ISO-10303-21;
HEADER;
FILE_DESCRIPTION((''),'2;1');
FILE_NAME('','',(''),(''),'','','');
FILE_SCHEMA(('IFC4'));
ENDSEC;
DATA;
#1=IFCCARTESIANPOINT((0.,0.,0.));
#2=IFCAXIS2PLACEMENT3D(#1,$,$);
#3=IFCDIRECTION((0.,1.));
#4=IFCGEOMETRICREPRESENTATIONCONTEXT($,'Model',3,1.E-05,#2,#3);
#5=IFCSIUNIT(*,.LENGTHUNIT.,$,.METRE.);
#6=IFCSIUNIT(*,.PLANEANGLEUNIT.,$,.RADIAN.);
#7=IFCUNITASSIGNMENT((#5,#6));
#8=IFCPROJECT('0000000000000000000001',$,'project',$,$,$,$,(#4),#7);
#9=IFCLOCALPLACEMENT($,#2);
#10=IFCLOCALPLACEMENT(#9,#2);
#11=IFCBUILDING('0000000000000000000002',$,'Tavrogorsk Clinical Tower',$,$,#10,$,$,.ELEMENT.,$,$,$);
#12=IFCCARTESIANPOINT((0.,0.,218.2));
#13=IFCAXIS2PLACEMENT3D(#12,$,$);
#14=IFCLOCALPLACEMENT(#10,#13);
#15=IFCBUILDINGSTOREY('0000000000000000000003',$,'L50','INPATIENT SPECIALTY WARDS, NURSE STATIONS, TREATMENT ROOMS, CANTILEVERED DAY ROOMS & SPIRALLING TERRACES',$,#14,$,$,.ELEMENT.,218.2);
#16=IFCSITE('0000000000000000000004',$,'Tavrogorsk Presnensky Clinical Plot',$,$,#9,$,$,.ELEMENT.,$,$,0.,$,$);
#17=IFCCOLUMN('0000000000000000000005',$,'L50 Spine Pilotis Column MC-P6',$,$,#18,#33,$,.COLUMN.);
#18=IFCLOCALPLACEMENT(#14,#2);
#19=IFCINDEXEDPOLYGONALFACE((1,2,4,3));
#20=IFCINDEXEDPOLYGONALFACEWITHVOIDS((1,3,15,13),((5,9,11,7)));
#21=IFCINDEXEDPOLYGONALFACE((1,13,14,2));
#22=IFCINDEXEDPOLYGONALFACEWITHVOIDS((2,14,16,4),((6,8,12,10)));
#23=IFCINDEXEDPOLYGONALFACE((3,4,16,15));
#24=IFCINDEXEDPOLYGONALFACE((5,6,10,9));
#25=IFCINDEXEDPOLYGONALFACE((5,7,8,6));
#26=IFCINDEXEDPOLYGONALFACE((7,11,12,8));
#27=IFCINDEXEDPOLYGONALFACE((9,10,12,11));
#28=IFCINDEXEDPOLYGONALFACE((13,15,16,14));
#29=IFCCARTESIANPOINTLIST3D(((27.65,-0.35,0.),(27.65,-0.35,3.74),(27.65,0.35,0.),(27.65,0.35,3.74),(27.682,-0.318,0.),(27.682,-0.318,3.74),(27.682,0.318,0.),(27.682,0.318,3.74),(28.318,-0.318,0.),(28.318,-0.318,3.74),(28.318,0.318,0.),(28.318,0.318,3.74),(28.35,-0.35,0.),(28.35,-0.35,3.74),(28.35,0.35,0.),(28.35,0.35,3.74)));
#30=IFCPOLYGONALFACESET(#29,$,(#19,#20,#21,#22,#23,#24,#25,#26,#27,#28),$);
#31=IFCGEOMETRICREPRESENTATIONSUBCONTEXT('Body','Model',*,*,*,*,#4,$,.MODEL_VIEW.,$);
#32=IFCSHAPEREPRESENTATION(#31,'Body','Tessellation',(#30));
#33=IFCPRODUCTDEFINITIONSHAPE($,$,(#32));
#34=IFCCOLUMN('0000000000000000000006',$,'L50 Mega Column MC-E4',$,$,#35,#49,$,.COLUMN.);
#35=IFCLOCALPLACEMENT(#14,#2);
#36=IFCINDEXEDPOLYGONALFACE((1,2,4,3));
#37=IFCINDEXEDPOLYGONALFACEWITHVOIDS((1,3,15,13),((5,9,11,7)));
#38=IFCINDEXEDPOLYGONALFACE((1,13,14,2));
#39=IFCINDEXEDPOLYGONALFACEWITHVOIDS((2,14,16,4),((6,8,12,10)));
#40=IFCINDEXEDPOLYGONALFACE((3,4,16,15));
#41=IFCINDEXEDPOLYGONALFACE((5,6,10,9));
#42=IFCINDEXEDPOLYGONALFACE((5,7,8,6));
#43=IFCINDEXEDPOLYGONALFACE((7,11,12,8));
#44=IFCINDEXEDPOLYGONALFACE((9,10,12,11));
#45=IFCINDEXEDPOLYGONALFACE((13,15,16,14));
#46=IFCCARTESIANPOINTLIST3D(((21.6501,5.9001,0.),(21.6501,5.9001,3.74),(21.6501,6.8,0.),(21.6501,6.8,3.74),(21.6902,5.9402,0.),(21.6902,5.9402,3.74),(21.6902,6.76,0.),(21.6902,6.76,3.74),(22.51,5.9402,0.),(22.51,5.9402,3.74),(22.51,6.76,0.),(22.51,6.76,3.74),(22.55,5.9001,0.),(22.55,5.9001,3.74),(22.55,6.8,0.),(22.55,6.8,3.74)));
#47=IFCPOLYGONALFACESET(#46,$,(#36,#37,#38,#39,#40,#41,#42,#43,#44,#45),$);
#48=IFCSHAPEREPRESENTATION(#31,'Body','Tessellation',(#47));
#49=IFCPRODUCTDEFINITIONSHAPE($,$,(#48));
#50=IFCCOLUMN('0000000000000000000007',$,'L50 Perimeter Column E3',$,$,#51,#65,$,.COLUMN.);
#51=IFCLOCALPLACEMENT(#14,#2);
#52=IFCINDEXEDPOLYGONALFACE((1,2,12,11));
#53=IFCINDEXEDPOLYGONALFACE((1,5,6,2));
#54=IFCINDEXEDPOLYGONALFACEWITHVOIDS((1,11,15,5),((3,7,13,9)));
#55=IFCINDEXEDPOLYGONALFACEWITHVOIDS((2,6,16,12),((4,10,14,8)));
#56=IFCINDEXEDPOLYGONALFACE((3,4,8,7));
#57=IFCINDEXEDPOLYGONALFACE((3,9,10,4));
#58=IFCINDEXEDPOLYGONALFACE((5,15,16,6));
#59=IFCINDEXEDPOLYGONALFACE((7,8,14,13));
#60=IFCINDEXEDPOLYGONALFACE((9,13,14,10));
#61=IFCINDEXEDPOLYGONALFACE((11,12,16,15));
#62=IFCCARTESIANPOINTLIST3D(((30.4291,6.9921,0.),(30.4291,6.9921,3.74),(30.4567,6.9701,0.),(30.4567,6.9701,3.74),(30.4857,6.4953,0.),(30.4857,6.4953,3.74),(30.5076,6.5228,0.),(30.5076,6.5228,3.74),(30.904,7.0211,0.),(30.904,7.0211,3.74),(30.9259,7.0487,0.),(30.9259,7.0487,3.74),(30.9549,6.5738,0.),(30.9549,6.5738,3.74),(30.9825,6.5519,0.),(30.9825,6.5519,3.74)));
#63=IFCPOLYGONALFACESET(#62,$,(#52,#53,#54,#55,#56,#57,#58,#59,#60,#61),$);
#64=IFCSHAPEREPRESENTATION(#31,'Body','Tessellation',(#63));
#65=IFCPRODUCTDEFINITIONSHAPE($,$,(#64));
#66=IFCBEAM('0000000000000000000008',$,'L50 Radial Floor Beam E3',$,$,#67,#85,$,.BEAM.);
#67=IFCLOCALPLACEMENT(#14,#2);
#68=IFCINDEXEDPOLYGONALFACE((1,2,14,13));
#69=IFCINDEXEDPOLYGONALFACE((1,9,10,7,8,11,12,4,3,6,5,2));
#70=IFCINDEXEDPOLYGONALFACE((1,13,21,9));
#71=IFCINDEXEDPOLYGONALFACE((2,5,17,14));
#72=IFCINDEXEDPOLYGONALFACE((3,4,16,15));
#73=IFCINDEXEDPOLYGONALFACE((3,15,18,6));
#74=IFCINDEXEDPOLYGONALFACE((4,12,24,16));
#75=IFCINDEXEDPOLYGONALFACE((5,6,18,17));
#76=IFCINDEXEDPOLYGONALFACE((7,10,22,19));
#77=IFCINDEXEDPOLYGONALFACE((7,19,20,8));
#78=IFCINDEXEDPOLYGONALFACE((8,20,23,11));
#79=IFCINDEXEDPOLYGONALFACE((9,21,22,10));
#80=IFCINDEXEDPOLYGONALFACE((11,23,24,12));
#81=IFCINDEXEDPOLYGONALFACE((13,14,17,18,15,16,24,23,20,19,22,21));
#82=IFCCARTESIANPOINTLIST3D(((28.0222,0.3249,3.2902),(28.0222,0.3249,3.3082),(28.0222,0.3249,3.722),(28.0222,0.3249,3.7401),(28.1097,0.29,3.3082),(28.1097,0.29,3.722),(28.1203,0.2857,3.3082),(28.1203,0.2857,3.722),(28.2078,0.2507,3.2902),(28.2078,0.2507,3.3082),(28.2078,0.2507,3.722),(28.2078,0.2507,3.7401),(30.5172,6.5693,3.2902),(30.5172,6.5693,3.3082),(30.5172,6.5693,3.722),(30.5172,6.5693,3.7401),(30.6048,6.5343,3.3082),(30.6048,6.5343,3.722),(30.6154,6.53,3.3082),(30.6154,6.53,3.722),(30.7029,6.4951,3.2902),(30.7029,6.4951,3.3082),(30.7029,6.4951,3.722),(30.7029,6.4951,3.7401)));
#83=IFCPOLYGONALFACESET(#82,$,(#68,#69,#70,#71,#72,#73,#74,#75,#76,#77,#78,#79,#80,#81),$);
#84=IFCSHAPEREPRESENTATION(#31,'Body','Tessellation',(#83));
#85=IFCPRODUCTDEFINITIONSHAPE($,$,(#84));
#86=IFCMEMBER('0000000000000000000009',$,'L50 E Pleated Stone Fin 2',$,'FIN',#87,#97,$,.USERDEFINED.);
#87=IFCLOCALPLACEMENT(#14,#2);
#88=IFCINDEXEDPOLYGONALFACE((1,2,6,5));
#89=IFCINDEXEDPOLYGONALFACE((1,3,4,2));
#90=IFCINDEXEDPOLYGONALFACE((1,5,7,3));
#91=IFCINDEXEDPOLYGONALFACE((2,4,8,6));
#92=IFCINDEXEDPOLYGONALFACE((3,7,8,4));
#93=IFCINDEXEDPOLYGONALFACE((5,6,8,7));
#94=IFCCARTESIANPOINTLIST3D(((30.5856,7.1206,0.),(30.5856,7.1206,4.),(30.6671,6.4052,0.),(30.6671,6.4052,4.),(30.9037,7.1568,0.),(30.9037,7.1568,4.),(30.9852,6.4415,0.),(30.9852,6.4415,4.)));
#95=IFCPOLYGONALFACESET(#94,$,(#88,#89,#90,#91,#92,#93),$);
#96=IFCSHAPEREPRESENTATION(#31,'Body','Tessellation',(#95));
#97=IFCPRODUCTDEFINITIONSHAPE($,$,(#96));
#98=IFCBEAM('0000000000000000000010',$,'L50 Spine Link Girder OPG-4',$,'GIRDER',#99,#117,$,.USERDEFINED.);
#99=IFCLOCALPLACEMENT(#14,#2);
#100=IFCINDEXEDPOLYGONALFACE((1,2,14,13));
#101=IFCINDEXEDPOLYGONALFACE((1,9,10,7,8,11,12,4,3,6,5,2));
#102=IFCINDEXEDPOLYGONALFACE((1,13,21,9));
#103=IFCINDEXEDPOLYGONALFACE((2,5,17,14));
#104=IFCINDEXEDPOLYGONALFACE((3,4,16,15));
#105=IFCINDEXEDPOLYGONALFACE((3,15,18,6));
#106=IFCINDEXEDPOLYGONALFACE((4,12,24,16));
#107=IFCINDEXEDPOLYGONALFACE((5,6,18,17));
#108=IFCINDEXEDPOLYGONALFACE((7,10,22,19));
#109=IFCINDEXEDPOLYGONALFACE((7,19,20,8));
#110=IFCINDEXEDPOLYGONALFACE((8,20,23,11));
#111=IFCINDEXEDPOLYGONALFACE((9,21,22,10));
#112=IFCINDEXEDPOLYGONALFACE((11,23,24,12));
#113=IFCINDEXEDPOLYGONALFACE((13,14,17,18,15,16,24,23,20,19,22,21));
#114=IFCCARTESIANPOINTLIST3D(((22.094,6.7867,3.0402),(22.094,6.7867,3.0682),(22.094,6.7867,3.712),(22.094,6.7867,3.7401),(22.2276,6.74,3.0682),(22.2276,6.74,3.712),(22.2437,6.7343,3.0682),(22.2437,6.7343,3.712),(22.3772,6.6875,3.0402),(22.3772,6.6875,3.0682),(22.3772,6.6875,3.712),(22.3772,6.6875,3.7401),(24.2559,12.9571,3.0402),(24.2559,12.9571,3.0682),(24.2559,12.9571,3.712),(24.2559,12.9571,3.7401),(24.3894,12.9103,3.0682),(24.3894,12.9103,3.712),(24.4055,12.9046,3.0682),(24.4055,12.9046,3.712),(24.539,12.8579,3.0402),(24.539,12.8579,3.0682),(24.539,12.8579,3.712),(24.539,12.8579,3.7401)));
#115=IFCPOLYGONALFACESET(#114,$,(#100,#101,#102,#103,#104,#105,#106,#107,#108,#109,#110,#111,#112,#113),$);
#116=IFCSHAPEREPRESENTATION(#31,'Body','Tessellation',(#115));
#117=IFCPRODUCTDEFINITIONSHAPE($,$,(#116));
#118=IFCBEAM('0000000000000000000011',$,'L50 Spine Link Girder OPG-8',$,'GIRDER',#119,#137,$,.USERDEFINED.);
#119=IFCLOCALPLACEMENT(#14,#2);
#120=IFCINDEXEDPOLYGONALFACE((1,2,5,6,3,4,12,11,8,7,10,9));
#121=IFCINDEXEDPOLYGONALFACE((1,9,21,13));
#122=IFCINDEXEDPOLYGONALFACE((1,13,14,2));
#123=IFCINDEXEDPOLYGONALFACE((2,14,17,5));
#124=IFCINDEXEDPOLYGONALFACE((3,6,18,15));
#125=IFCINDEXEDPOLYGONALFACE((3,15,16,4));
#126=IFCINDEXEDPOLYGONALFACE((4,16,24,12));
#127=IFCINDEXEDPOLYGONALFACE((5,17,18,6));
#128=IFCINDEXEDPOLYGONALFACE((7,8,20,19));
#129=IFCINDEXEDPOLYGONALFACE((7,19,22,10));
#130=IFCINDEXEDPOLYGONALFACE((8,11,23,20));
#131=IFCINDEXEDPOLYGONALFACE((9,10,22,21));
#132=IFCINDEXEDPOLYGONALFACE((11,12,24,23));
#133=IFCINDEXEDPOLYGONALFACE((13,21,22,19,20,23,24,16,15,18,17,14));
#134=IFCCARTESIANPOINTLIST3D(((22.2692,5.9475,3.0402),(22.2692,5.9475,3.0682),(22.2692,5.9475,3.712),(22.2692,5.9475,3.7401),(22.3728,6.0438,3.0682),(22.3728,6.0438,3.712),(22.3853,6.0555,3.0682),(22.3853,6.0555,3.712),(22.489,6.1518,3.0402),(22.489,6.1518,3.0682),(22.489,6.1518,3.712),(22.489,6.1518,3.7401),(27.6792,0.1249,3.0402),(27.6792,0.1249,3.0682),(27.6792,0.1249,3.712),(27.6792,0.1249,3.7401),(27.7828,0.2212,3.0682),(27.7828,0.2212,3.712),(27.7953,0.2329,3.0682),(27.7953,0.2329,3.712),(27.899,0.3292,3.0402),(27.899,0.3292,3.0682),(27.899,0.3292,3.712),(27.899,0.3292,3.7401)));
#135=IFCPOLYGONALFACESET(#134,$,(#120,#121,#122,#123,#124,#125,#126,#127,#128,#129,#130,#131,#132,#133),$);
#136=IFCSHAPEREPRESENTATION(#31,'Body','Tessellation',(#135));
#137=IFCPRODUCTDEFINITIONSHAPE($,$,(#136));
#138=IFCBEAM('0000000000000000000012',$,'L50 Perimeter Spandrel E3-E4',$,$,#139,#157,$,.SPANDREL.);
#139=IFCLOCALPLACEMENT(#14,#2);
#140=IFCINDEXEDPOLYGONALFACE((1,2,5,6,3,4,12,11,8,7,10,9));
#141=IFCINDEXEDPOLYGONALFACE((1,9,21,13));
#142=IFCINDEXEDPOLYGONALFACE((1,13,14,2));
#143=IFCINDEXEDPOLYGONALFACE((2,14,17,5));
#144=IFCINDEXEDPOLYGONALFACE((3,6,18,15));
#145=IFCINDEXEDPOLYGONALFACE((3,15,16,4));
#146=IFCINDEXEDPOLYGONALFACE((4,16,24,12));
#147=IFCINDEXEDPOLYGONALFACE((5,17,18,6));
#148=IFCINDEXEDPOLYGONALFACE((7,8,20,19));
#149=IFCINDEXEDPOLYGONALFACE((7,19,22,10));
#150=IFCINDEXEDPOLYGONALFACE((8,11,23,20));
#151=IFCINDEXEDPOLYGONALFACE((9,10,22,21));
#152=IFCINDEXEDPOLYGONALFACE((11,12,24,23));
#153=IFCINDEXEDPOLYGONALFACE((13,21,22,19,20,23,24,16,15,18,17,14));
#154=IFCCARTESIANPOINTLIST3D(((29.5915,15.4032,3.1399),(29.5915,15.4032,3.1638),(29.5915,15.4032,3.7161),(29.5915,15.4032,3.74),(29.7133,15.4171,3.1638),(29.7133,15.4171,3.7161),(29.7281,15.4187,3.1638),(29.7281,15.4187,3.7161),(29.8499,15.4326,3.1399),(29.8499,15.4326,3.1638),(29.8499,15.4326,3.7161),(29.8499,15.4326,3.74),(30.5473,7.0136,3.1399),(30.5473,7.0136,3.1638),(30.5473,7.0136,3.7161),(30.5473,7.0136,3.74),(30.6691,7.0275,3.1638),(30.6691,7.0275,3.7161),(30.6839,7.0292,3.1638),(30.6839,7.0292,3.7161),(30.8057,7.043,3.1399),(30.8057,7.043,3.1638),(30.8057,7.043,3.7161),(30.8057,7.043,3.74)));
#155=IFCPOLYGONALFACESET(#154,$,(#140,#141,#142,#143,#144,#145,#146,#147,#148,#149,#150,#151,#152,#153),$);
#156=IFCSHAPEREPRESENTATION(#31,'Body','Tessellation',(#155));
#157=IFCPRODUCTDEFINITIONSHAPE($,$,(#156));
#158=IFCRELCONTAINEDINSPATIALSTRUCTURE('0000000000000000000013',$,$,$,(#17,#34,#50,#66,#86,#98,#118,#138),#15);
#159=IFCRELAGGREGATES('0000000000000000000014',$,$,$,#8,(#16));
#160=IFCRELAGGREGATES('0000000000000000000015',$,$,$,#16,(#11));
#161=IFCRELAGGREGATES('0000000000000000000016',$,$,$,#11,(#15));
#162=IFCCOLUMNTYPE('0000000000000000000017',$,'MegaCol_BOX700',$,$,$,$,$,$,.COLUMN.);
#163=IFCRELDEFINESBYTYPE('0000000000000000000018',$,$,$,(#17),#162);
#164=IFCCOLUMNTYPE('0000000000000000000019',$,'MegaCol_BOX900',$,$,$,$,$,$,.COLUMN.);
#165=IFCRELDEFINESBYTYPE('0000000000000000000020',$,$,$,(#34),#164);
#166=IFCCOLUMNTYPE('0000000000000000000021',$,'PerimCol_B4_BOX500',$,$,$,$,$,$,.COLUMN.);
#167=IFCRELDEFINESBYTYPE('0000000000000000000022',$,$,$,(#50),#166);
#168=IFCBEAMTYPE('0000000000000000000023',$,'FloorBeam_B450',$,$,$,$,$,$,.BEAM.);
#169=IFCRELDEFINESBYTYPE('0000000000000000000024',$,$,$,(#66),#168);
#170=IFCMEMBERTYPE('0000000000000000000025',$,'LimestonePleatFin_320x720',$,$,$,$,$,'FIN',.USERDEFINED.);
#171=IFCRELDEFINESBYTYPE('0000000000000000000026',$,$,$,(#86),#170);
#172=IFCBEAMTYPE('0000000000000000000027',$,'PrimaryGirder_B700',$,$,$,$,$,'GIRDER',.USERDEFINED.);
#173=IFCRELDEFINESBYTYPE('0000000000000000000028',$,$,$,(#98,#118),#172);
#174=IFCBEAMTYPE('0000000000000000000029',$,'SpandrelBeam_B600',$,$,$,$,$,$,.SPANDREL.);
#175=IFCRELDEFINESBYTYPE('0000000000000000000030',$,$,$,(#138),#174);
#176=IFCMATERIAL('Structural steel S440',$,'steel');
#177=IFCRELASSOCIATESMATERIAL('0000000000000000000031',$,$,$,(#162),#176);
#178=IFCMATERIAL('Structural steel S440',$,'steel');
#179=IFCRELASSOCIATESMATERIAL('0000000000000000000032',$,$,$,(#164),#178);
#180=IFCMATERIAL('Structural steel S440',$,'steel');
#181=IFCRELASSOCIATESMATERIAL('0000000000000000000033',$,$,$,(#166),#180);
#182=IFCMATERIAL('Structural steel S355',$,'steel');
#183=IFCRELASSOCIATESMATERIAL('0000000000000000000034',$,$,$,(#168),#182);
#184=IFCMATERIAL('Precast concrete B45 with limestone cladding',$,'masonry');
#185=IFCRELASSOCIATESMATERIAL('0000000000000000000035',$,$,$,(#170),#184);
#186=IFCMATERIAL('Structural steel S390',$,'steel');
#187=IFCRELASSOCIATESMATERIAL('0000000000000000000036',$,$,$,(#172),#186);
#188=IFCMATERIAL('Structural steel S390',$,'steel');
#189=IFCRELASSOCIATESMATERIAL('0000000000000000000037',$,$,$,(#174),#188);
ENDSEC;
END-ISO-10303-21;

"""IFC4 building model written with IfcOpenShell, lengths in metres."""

from ifc_helpers import new_model, si_unit, direction, frame, origin, origin_2d, place, context, subcontext, project, spatial, rectangle, hollow_rectangle, i_section, extrude, material, material_profile, profile_set, type_object, element, save


model = new_model("IFC4")

# Units and contexts
model_context = context("Model", 3, precision=1e-05, world=origin(), true_north=direction((0.0, 1.0)))
body_context = subcontext(model_context, "Body", "Model", "MODEL_VIEW")
ifc_project = project(units=[si_unit("LENGTHUNIT", "METRE"), si_unit("PLANEANGLEUNIT", "RADIAN")], contexts=[model_context])

# Site, building, storey
site_placement = place(None, origin())
site = spatial("IfcSite", under=ifc_project, at=site_placement, Name="Tavrogorsk Presnensky Clinical Plot", CompositionType="ELEMENT", RefElevation=0.0)
building_placement = place(site_placement, origin())
building = spatial("IfcBuilding", under=site, at=building_placement, Name="Tavrogorsk Clinical Tower", CompositionType="ELEMENT")
storey_placement = place(building_placement, frame((0.0, 0.0, 218.2)))
storey = spatial("IfcBuildingStorey", under=building, at=storey_placement, Name="L50", Description="INPATIENT SPECIALTY WARDS, NURSE STATIONS, TREATMENT ROOMS, CANTILEVERED DAY ROOMS & SPIRALLING TERRACES", CompositionType="ELEMENT", Elevation=218.2)

# Columns
ifc_material_1 = material(Name="Structural steel S440", Category="steel")
ifc_material_profile_1 = material_profile(ifc_material_1, hollow_rectangle(XDim=0.7, YDim=0.7, WallThickness=0.032, at=origin_2d()), Name="BOX-700x700x32")
ifc_profile_set_1 = profile_set([ifc_material_profile_1], Name="Structural steel S440")
column_type_1 = type_object("IfcColumnType", Name="MegaCol_BOX700", PredefinedType="COLUMN", material=ifc_profile_set_1)
column_1_placement = place(storey_placement, frame((28.0, 0.0, 0.0), z_axis=(0.0, 0.0, 1.0), x_axis=(1.0, 0.0, 0.0)))
element("IfcColumn", 1, at=column_1_placement, inside=storey, type_object=column_type_1, Name="L50 Spine Pilotis Column MC-P6", PredefinedType="COLUMN", context=body_context, shape_type="SweptSolid", body=[
    extrude(hollow_rectangle(XDim=0.7, YDim=0.7, WallThickness=0.032, at=origin_2d()), origin(), (0.0, 0.0, 1.0), 3.74),
])
ifc_material_2 = material(Name="Structural steel S440", Category="steel")
ifc_material_profile_2 = material_profile(ifc_material_2, hollow_rectangle(XDim=0.8999, YDim=0.8999, WallThickness=0.04, at=origin_2d()), Name="BOX-900x900x40")
ifc_profile_set_2 = profile_set([ifc_material_profile_2], Name="Structural steel S440")
column_type_2 = type_object("IfcColumnType", Name="MegaCol_BOX900", PredefinedType="COLUMN", material=ifc_profile_set_2)
column_2_placement = place(storey_placement, frame((22.1001, 6.3501, 0.0), z_axis=(0.0, 0.0, 1.0), x_axis=(1.0, 0.0, 0.0)))
element("IfcColumn", 2, at=column_2_placement, inside=storey, type_object=column_type_2, Name="L50 Mega Column MC-E4", PredefinedType="COLUMN", context=body_context, shape_type="SweptSolid", body=[
    extrude(hollow_rectangle(XDim=0.8999, YDim=0.8999, WallThickness=0.04, at=origin_2d()), origin(), (0.0, 0.0, 1.0), 3.74),
])
ifc_material_3 = material(Name="Structural steel S440", Category="steel")
ifc_material_profile_3 = material_profile(ifc_material_3, hollow_rectangle(XDim=0.5, YDim=0.5, WallThickness=0.0249, at=origin_2d()), Name="BOX-500x500x25")
ifc_profile_set_3 = profile_set([ifc_material_profile_3], Name="Structural steel S440")
column_type_3 = type_object("IfcColumnType", Name="PerimCol_B4_BOX500", PredefinedType="COLUMN", material=ifc_profile_set_3)
column_3_placement = place(storey_placement, frame((30.7058, 6.772, 0.0), z_axis=(0.0, 0.0, 1.0), x_axis=(0.993572, 0.113203, 0.0)))
element("IfcColumn", 3, at=column_3_placement, inside=storey, type_object=column_type_3, Name="L50 Perimeter Column E3", PredefinedType="COLUMN", context=body_context, shape_type="SweptSolid", body=[
    extrude(hollow_rectangle(XDim=0.5, YDim=0.5, WallThickness=0.0249, at=origin_2d()), origin(), (0.0, 0.0, 1.0), 3.74),
])

# Beam
ifc_material_4 = material(Name="Structural steel S355", Category="steel")
ifc_material_profile_4 = material_profile(ifc_material_4, i_section(OverallWidth=0.2, OverallDepth=0.45, WebThickness=0.0115, FlangeThickness=0.0181, at=origin_2d()), Name="B-450x200x11.5x18")
ifc_profile_set_4 = profile_set([ifc_material_profile_4], Name="Structural steel S355")
beam_type_1 = type_object("IfcBeamType", Name="FloorBeam_B450", PredefinedType="BEAM", material=ifc_profile_set_4)
beam_1_placement = place(storey_placement, frame((28.115, 0.2878, 3.5151), z_axis=(0.371053, 0.928612, 0.0), x_axis=(-0.928612, 0.371053, 0.0)))
element("IfcBeam", 4, at=beam_1_placement, inside=storey, type_object=beam_type_1, Name="L50 Radial Floor Beam E3", PredefinedType="BEAM", context=body_context, shape_type="SweptSolid", body=[
    extrude(i_section(OverallWidth=0.2, OverallDepth=0.45, WebThickness=0.0115, FlangeThickness=0.0181, at=origin_2d()), origin(), (0.0, 0.0, 1.0), 6.7244),
])

# Member
ifc_material_5 = material(Name="Precast concrete B45 with limestone cladding", Category="masonry")
ifc_material_profile_5 = material_profile(ifc_material_5, rectangle(XDim=0.3201, YDim=0.72, at=origin_2d()), Name="LIMESTONE-FIN-320x720")
ifc_profile_set_5 = profile_set([ifc_material_profile_5], Name="Precast concrete B45 with limestone cladding")
member_type = type_object("IfcMemberType", Name="LimestonePleatFin_320x720", ElementType="FIN", PredefinedType="USERDEFINED", material=ifc_profile_set_5)
member_placement = place(storey_placement, frame((30.7854, 6.781, 0.0), z_axis=(0.0, 0.0, 1.0), x_axis=(0.993572, 0.113203, 0.0)))
element("IfcMember", 5, at=member_placement, inside=storey, type_object=member_type, Name="L50 E Pleated Stone Fin 2", ObjectType="FIN", PredefinedType="USERDEFINED", context=body_context, shape_type="SweptSolid", body=[
    extrude(rectangle(XDim=0.3201, YDim=0.72, at=origin_2d()), origin(), (0.0, 0.0, 1.0), 4.0),
])

# Beams
ifc_material_6 = material(Name="Structural steel S390", Category="steel")
ifc_material_profile_6 = material_profile(ifc_material_6, i_section(OverallWidth=0.3, OverallDepth=0.7, WebThickness=0.0171, FlangeThickness=0.0281, at=origin_2d()), Name="B-700x300x17x28")
ifc_profile_set_6 = profile_set([ifc_material_profile_6], Name="Structural steel S390")
beam_type_2 = type_object("IfcBeamType", Name="PrimaryGirder_B700", ElementType="GIRDER", PredefinedType="USERDEFINED", material=ifc_profile_set_6)
beam_2_placement = place(storey_placement, frame((24.3975, 12.9075, 3.3901), z_axis=(-0.330653, -0.943752, 0.0), x_axis=(0.943752, -0.330653, 0.0)))
element("IfcBeam", 6, at=beam_2_placement, inside=storey, type_object=beam_type_2, Name="L50 Spine Link Girder OPG-4", ObjectType="GIRDER", PredefinedType="USERDEFINED", context=body_context, shape_type="SweptSolid", body=[
    extrude(i_section(OverallWidth=0.3, OverallDepth=0.7, WebThickness=0.0171, FlangeThickness=0.0281, at=origin_2d()), origin(), (0.0, 0.0, 1.0), 6.5381),
])
beam_3_placement = place(storey_placement, frame((27.7891, 0.2271, 3.3901), z_axis=(-0.680674, 0.732587, 0.0), x_axis=(-0.732587, -0.680674, 0.0)))
element("IfcBeam", 7, at=beam_3_placement, inside=storey, type_object=beam_type_2, Name="L50 Spine Link Girder OPG-8", ObjectType="GIRDER", PredefinedType="USERDEFINED", context=body_context, shape_type="SweptSolid", body=[
    extrude(i_section(OverallWidth=0.3, OverallDepth=0.7, WebThickness=0.0171, FlangeThickness=0.0281, at=origin_2d()), origin(), (0.0, 0.0, 1.0), 7.948),
])
ifc_material_7 = material(Name="Structural steel S390", Category="steel")
ifc_material_profile_7 = material_profile(ifc_material_7, i_section(OverallWidth=0.26, OverallDepth=0.6001, WebThickness=0.0149, FlangeThickness=0.0239, at=origin_2d()), Name="B-600x260x15x24")
ifc_profile_set_7 = profile_set([ifc_material_profile_7], Name="Structural steel S390")
beam_type_3 = type_object("IfcBeamType", Name="SpandrelBeam_B600", PredefinedType="SPANDREL", material=ifc_profile_set_7)
beam_4_placement = place(storey_placement, frame((30.6765, 7.0283, 3.4399), z_axis=(-0.113195, 0.993573, 0.0), x_axis=(-0.993573, -0.113195, 0.0)))
element("IfcBeam", 8, at=beam_4_placement, inside=storey, type_object=beam_type_3, Name="L50 Perimeter Spandrel E3-E4", PredefinedType="SPANDREL", context=body_context, shape_type="SweptSolid", body=[
    extrude(i_section(OverallWidth=0.26, OverallDepth=0.6001, WebThickness=0.0149, FlangeThickness=0.0239, at=origin_2d()), origin(), (0.0, 0.0, 1.0), 8.4438),
])

save(model, "model.ifc")
